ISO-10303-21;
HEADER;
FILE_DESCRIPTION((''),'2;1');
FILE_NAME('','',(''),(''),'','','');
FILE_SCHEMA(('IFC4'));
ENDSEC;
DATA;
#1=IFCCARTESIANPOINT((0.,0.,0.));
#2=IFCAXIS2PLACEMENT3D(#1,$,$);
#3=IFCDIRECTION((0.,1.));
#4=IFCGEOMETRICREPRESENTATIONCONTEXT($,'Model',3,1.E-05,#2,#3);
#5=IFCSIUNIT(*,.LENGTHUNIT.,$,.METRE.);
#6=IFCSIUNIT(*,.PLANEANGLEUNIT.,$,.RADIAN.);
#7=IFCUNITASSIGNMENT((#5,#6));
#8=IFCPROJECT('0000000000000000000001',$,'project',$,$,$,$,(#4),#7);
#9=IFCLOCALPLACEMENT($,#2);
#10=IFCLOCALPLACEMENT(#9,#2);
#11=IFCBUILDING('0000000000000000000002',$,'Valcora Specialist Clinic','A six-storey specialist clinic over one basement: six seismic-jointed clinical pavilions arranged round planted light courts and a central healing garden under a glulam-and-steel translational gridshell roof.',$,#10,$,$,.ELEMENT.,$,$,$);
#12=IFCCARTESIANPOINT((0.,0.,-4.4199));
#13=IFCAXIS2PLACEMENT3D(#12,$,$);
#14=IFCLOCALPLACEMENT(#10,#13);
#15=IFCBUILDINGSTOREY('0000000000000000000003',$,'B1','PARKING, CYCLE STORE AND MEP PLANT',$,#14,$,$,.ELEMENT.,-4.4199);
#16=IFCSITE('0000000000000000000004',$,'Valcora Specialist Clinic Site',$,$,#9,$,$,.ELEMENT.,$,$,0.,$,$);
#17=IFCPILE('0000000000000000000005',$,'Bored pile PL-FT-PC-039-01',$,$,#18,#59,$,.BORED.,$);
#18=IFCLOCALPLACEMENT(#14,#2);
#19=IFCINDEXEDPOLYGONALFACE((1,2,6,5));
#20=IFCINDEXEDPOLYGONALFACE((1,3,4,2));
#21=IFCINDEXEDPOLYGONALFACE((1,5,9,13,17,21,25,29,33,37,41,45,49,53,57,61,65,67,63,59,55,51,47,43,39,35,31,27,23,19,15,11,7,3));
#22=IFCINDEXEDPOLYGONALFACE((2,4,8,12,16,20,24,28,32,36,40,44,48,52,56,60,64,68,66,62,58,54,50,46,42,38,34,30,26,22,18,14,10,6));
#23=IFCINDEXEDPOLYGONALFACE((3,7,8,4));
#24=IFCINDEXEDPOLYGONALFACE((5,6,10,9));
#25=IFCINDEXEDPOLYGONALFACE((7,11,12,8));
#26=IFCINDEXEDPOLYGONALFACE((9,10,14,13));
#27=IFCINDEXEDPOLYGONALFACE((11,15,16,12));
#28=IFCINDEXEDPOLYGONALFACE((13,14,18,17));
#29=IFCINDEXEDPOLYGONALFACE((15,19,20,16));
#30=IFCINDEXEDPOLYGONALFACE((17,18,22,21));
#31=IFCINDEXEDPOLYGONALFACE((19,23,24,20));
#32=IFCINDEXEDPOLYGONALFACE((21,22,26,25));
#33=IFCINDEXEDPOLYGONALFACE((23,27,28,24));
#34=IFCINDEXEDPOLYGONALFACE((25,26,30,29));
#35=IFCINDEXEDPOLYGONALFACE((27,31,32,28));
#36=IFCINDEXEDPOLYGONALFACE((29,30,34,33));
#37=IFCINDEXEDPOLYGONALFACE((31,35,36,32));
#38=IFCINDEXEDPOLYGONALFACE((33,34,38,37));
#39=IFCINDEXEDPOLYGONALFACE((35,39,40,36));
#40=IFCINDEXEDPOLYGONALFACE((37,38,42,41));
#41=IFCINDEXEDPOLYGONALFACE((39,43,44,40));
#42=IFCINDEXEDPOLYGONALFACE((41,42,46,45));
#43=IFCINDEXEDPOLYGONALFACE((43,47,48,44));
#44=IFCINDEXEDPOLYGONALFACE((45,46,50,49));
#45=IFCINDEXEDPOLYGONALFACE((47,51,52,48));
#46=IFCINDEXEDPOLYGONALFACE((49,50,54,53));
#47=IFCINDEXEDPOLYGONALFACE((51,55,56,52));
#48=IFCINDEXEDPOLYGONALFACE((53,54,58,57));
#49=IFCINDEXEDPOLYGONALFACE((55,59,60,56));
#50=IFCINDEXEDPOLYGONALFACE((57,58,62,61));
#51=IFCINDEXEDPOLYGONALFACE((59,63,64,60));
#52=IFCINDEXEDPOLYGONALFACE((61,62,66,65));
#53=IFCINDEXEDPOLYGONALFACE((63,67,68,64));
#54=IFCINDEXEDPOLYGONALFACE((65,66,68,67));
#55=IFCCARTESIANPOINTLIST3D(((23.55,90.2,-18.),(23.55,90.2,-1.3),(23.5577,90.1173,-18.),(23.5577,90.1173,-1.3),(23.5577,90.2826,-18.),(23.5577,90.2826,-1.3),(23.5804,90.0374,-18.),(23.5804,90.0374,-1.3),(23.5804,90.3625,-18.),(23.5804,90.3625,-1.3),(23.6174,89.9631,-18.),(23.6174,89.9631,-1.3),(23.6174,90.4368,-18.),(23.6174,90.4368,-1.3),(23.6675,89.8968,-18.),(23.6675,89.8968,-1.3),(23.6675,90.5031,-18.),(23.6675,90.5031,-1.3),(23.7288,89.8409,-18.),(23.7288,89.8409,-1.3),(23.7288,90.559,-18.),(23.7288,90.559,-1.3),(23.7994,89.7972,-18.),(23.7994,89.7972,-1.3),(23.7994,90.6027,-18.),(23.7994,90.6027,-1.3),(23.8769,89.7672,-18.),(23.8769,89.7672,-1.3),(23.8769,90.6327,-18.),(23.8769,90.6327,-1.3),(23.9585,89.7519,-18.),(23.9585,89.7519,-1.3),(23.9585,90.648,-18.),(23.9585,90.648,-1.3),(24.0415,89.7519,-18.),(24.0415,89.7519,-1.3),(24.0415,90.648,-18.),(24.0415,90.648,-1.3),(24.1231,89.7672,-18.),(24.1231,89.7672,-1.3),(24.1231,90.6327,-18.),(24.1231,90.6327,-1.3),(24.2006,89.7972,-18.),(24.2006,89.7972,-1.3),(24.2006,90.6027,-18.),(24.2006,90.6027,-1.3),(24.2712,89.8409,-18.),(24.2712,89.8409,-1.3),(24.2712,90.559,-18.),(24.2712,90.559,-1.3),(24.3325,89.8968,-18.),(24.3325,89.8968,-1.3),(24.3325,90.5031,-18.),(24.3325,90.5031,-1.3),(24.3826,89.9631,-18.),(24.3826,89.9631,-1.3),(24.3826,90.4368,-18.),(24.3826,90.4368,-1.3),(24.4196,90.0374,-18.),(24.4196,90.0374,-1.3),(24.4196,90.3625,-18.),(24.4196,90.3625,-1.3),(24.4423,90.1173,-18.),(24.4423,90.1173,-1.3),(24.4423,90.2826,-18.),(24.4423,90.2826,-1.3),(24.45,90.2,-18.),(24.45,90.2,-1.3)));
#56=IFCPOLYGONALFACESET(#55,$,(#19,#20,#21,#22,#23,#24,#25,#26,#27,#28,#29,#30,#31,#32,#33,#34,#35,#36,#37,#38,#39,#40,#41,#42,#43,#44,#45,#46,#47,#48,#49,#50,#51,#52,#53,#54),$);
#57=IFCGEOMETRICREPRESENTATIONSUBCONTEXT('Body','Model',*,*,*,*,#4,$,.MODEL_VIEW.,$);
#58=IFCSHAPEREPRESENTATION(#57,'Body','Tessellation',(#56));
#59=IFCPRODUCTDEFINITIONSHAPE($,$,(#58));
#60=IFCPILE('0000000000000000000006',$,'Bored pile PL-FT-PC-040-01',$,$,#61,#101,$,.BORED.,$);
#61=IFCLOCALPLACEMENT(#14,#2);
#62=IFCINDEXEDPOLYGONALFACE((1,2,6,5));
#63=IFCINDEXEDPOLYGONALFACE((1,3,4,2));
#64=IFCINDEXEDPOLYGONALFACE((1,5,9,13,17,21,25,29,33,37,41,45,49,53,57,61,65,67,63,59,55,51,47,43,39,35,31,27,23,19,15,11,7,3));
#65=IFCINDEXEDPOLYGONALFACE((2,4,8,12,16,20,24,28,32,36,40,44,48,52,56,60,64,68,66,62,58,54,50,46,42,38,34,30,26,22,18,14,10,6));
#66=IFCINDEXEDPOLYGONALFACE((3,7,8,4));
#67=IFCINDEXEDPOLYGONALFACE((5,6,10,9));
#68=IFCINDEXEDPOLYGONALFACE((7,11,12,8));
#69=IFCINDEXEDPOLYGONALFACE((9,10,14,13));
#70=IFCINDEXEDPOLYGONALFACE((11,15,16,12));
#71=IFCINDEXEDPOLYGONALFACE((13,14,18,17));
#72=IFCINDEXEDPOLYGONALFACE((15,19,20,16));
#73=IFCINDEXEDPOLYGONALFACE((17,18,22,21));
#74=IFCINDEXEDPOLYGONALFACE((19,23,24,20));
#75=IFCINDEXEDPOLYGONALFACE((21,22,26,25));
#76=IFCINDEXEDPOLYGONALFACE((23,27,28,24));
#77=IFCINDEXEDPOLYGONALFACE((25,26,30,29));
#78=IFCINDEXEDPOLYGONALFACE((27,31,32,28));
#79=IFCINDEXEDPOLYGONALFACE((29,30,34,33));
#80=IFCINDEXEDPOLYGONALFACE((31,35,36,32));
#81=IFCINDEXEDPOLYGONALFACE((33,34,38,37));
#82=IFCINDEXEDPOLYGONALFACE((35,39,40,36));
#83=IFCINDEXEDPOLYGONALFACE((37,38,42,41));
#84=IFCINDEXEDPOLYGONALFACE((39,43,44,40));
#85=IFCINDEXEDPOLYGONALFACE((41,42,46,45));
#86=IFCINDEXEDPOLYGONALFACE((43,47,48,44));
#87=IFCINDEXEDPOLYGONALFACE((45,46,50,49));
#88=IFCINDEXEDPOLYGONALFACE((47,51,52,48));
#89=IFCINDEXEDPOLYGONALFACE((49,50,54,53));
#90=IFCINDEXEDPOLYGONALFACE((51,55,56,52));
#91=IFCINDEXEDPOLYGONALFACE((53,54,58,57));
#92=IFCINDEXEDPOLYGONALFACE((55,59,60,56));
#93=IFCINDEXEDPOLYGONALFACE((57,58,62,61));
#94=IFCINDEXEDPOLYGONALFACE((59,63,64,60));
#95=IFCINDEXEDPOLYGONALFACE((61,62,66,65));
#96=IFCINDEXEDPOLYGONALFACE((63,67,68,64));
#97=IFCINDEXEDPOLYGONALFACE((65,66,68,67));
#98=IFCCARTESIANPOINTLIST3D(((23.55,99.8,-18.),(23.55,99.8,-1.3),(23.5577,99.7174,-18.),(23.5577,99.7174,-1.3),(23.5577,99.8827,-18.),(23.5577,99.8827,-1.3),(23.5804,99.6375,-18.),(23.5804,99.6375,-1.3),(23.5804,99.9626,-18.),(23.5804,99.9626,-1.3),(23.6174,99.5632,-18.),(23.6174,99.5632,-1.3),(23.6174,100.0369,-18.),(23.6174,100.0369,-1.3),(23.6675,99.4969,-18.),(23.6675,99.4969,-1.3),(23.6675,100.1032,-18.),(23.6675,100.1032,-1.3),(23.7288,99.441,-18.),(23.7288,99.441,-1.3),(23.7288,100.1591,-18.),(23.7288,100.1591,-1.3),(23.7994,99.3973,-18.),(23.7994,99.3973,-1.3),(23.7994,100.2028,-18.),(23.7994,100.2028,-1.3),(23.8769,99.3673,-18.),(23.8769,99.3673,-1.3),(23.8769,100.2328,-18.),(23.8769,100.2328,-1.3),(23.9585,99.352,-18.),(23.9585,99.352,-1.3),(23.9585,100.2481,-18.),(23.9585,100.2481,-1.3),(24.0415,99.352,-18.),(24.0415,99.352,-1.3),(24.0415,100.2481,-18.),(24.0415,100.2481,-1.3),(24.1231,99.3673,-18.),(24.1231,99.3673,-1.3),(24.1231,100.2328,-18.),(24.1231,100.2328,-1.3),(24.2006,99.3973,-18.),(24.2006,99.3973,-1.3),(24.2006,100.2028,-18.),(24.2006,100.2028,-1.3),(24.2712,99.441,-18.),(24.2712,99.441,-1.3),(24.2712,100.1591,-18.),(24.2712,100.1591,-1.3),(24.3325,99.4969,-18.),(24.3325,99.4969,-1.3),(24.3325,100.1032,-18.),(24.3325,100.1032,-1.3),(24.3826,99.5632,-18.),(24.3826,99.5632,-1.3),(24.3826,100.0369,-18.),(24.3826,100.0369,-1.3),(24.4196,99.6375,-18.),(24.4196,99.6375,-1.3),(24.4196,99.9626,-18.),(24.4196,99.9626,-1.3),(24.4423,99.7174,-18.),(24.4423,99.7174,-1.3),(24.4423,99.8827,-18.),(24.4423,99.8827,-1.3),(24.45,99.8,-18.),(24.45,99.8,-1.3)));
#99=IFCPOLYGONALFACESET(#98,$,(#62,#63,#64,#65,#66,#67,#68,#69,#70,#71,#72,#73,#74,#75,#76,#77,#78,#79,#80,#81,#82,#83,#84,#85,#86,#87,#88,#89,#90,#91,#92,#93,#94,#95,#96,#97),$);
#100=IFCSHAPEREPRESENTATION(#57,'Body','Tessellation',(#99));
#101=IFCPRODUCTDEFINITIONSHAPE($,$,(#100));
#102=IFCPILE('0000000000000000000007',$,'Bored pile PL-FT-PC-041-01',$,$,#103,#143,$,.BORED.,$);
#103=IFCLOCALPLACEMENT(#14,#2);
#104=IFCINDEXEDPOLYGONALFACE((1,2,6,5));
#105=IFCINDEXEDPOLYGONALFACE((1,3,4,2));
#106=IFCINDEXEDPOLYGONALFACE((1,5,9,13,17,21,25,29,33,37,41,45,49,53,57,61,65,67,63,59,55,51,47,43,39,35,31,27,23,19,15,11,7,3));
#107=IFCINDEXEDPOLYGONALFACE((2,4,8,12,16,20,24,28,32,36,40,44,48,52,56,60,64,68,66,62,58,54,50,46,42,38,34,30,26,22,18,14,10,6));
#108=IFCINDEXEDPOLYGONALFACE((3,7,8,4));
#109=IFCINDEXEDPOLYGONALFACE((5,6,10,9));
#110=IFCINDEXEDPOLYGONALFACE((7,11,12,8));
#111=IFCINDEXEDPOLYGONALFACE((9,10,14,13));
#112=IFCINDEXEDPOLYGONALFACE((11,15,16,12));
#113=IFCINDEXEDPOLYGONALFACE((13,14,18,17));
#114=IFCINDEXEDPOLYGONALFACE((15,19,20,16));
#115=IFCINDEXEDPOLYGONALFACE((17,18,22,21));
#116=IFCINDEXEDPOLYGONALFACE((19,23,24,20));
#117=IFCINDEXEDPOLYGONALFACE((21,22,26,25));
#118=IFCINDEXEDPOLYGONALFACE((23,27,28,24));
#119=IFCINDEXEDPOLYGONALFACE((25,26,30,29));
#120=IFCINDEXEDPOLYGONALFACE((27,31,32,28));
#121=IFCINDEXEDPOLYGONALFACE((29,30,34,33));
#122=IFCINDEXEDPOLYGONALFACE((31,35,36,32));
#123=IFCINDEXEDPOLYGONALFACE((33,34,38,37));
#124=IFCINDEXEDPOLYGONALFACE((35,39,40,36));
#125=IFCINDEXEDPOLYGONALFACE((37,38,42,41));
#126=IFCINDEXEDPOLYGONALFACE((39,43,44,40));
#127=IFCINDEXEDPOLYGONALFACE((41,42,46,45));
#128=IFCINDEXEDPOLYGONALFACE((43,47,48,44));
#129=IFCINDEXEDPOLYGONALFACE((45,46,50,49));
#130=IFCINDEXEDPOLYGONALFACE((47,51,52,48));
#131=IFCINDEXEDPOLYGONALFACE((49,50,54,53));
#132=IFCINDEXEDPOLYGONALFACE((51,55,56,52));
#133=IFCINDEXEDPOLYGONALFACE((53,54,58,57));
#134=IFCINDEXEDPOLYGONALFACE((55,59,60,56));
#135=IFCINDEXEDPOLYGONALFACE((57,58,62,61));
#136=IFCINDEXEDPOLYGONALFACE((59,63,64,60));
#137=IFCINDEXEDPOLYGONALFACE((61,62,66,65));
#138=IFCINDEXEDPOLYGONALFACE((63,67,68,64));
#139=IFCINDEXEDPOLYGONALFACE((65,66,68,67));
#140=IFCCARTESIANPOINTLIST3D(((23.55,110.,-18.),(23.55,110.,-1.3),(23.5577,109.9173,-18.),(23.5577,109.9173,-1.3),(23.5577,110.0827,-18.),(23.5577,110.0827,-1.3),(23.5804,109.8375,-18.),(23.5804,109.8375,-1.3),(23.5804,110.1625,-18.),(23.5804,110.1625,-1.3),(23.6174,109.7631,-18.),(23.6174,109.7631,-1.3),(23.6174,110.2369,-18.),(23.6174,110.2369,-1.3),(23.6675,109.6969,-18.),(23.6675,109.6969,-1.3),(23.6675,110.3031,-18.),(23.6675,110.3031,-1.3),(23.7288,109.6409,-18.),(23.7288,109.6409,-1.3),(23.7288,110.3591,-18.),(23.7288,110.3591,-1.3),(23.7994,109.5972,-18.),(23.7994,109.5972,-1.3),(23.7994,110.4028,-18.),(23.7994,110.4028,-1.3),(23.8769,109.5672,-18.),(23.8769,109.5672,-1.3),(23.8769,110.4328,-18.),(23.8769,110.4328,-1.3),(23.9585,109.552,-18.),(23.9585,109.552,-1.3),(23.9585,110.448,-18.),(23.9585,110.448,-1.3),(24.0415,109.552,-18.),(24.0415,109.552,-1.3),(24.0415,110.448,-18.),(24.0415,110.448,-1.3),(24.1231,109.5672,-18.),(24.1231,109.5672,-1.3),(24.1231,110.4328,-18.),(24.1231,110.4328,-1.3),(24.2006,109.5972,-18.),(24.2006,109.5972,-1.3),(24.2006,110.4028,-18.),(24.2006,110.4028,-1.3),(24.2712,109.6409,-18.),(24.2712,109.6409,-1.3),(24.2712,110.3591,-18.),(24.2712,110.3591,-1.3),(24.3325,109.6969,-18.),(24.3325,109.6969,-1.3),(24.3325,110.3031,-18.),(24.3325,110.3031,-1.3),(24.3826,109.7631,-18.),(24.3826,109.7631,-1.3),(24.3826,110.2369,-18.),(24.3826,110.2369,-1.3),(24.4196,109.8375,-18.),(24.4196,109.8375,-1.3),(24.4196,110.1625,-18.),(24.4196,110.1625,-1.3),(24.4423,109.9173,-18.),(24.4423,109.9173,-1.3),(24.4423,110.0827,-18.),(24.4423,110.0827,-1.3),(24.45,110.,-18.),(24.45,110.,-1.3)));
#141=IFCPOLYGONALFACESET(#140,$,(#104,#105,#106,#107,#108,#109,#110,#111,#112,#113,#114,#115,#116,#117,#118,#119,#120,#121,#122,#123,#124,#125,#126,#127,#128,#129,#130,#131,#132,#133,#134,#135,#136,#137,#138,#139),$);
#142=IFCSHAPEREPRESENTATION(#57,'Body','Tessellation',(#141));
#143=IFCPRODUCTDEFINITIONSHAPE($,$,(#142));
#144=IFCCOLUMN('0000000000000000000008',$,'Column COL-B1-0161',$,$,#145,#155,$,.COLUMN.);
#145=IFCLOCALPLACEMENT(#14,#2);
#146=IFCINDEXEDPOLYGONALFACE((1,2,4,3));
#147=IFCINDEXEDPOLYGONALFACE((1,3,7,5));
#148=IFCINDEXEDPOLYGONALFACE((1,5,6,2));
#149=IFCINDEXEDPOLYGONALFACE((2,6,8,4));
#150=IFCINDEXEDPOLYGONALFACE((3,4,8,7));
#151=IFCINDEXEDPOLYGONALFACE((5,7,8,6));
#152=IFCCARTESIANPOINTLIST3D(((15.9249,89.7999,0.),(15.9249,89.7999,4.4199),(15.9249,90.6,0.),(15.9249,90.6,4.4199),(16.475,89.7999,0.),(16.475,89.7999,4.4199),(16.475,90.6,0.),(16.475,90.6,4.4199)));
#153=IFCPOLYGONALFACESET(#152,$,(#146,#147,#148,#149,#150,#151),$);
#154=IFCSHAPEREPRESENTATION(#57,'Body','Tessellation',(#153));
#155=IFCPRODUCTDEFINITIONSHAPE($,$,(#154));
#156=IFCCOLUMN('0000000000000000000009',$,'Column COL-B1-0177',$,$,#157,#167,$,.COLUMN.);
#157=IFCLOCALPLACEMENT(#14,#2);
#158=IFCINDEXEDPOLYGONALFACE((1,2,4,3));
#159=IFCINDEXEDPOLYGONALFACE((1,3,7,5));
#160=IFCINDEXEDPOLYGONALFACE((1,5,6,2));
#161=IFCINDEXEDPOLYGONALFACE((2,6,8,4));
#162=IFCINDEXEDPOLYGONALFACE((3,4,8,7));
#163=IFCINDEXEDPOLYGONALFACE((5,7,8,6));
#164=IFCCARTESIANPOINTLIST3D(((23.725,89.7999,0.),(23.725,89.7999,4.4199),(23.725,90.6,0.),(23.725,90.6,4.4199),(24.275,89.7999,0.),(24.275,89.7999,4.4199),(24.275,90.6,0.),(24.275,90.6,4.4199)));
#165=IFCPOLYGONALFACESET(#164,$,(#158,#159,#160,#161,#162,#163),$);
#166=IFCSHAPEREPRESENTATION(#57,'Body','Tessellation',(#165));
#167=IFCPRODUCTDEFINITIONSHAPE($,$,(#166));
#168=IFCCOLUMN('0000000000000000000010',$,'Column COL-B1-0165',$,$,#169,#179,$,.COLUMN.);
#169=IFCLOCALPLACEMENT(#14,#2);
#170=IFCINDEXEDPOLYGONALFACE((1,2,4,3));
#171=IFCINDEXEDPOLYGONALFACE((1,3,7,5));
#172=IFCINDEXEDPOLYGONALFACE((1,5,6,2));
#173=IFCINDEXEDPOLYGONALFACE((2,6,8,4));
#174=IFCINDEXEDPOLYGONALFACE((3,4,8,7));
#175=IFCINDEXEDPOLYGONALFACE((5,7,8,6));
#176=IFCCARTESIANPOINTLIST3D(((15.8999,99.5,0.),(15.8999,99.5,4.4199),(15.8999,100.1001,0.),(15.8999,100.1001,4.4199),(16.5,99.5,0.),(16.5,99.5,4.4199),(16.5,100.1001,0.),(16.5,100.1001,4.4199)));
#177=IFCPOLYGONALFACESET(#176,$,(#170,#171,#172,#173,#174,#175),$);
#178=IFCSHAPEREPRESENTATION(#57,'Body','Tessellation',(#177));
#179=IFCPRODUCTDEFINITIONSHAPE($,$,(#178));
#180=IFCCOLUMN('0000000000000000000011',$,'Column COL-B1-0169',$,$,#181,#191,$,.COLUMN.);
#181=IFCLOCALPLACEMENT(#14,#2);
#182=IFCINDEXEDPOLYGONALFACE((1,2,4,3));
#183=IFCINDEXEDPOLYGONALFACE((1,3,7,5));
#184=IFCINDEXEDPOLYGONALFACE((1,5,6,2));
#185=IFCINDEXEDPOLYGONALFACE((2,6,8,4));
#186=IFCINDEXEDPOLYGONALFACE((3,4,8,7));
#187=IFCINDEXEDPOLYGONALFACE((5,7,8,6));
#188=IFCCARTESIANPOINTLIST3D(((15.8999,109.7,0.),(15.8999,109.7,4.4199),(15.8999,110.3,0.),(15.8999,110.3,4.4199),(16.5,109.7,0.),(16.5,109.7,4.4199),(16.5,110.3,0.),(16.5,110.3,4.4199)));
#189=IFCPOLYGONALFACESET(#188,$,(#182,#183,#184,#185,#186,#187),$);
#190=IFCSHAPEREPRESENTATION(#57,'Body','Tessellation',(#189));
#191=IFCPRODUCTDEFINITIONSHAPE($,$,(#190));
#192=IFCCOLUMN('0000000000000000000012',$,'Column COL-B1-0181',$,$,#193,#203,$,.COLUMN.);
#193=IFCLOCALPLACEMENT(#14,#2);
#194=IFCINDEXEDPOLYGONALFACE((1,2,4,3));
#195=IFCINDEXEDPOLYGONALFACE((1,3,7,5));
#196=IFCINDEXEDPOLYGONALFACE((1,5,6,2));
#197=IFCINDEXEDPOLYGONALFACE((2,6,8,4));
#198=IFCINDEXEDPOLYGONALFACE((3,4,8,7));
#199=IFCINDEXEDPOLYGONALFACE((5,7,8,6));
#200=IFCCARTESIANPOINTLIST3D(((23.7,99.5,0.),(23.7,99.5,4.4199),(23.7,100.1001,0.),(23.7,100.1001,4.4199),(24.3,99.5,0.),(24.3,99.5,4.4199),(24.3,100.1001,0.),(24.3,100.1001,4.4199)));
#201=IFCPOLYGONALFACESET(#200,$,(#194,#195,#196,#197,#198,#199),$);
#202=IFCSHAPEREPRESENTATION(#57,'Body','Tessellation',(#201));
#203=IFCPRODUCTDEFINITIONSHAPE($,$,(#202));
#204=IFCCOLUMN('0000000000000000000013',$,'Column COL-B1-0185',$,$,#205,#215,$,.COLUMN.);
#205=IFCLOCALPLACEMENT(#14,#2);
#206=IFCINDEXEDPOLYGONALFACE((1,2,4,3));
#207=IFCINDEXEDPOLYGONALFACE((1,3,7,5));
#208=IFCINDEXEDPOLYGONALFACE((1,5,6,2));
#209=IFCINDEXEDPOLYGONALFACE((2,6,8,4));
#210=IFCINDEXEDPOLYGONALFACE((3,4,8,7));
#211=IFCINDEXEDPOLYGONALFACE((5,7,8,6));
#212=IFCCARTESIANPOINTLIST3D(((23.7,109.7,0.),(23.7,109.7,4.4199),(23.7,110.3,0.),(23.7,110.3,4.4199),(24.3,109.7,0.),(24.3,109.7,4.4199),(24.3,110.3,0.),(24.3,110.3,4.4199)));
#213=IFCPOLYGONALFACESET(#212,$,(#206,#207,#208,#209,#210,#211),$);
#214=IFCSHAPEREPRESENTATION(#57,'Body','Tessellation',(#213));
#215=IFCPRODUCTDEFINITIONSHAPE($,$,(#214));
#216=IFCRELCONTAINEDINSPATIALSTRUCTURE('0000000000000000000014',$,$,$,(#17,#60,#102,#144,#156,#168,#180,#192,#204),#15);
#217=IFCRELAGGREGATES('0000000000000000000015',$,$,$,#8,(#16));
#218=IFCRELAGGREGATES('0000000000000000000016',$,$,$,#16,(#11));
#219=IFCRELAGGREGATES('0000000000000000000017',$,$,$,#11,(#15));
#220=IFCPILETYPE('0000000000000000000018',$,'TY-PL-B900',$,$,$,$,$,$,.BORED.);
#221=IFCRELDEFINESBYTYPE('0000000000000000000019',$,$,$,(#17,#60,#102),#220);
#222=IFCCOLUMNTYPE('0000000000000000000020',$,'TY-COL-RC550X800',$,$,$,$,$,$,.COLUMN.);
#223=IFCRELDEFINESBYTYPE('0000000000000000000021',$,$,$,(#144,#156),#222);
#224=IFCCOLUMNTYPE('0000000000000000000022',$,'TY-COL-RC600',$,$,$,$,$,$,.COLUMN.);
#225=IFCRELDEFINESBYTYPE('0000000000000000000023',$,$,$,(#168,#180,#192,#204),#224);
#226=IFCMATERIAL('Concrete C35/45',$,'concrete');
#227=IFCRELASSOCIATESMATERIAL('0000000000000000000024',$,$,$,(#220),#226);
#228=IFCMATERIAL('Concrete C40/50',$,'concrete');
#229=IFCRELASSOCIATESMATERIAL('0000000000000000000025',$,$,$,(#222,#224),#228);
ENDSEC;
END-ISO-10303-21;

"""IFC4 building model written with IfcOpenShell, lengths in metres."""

from ifc_helpers import new_model, si_unit, direction, frame, origin, origin_2d, place, context, subcontext, project, spatial, rectangle, circle, extrude, material, material_profile, profile_set, type_object, element, save


model = new_model("IFC4")

# Units and contexts
model_context = context("Model", 3, precision=1e-05, world=origin(), true_north=direction((0.0, 1.0)))
body_context = subcontext(model_context, "Body", "Model", "MODEL_VIEW")
ifc_project = project(units=[si_unit("LENGTHUNIT", "METRE"), si_unit("PLANEANGLEUNIT", "RADIAN")], contexts=[model_context])

# Site, building, storey
site_placement = place(None, origin())
site = spatial("IfcSite", under=ifc_project, at=site_placement, Name="Valcora Specialist Clinic Site", CompositionType="ELEMENT", RefElevation=0.0)
building_placement = place(site_placement, origin())
building = spatial("IfcBuilding", under=site, at=building_placement, Name="Valcora Specialist Clinic", Description="A six-storey specialist clinic over one basement: six seismic-jointed clinical pavilions arranged round planted light courts and a central healing garden under a glulam-and-steel translational gridshell roof.", CompositionType="ELEMENT")
storey_placement = place(building_placement, frame((0.0, 0.0, -4.4199)))
storey = spatial("IfcBuildingStorey", under=building, at=storey_placement, Name="B1", Description="PARKING, CYCLE STORE AND MEP PLANT", CompositionType="ELEMENT", Elevation=-4.4199)

# Shared definitions
ifc_material_1 = material(Name="Concrete C35/45", Category="concrete")

# Piles
ifc_material_profile_1 = material_profile(ifc_material_1, circle(Radius=0.45, at=origin_2d()), Name="RC-PIL-D900")
ifc_profile_set_1 = profile_set([ifc_material_profile_1], Name="Concrete C35/45")
pile_type = type_object("IfcPileType", Name="TY-PL-B900", PredefinedType="BORED", material=ifc_profile_set_1)
for number, where, z_axis, x_axis, name in (
    (1, (24.0, 90.2, -1.3), (0.0, 0.0, -1.0), (1.0, 0.0, 0.0), "Bored pile PL-FT-PC-039-01"),
    (2, (24.0, 99.8, -1.3), (0.0, 0.0, -1.0), (1.0, 0.0, 0.0), "Bored pile PL-FT-PC-040-01"),
    (3, (24.0, 110.0, -1.3), (0.0, 0.0, -1.0), (1.0, 0.0, 0.0), "Bored pile PL-FT-PC-041-01"),
):
    element("IfcPile", number, at=place(storey_placement, frame(where, z_axis=z_axis, x_axis=x_axis)), inside=storey, type_object=pile_type, Name=name, PredefinedType="BORED", context=body_context, shape_type="SweptSolid", body=[
        extrude(circle(Radius=0.45, at=origin_2d()), origin(), (0.0, 0.0, 1.0), 16.7),
    ])

# Columns
ifc_material_2 = material(Name="Concrete C40/50", Category="concrete")
ifc_material_profile_2 = material_profile(ifc_material_2, rectangle(XDim=0.55, YDim=0.8, at=origin_2d()), Name="RC-COL-550X800")
ifc_profile_set_2 = profile_set([ifc_material_profile_2], Name="Concrete C40/50")
column_type_1 = type_object("IfcColumnType", Name="TY-COL-RC550X800", PredefinedType="COLUMN", material=ifc_profile_set_2)
for number, where, z_axis, x_axis, name in (
    (4, (16.2, 90.2, 0.0), (0.0, 0.0, 1.0), (1.0, 0.0, 0.0), "Column COL-B1-0161"),
    (5, (24.0, 90.2, 0.0), (0.0, 0.0, 1.0), (1.0, 0.0, 0.0), "Column COL-B1-0177"),
):
    element("IfcColumn", number, at=place(storey_placement, frame(where, z_axis=z_axis, x_axis=x_axis)), inside=storey, type_object=column_type_1, Name=name, PredefinedType="COLUMN", context=body_context, shape_type="SweptSolid", body=[
        extrude(rectangle(XDim=0.55, YDim=0.8, at=origin_2d()), origin(), (0.0, 0.0, 1.0), 4.4199),
    ])
ifc_material_profile_3 = material_profile(ifc_material_2, rectangle(XDim=0.6001, YDim=0.6001, at=origin_2d()), Name="RC-COL-600X600")
ifc_profile_set_3 = profile_set([ifc_material_profile_3], Name="Concrete C40/50")
column_type_2 = type_object("IfcColumnType", Name="TY-COL-RC600", PredefinedType="COLUMN", material=ifc_profile_set_3)
for number, where, z_axis, x_axis, name in (
    (6, (16.2, 99.8, 0.0), (0.0, 0.0, 1.0), (1.0, 0.0, 0.0), "Column COL-B1-0165"),
    (7, (16.2, 110.0, 0.0), (0.0, 0.0, 1.0), (1.0, 0.0, 0.0), "Column COL-B1-0169"),
    (8, (24.0, 99.8, 0.0), (0.0, 0.0, 1.0), (1.0, 0.0, 0.0), "Column COL-B1-0181"),
    (9, (24.0, 110.0, 0.0), (0.0, 0.0, 1.0), (1.0, 0.0, 0.0), "Column COL-B1-0185"),
):
    element("IfcColumn", number, at=place(storey_placement, frame(where, z_axis=z_axis, x_axis=x_axis)), inside=storey, type_object=column_type_2, Name=name, PredefinedType="COLUMN", context=body_context, shape_type="SweptSolid", body=[
        extrude(rectangle(XDim=0.6001, YDim=0.6001, at=origin_2d()), origin(), (0.0, 0.0, 1.0), 4.4199),
    ])

save(model, "model.ifc")
